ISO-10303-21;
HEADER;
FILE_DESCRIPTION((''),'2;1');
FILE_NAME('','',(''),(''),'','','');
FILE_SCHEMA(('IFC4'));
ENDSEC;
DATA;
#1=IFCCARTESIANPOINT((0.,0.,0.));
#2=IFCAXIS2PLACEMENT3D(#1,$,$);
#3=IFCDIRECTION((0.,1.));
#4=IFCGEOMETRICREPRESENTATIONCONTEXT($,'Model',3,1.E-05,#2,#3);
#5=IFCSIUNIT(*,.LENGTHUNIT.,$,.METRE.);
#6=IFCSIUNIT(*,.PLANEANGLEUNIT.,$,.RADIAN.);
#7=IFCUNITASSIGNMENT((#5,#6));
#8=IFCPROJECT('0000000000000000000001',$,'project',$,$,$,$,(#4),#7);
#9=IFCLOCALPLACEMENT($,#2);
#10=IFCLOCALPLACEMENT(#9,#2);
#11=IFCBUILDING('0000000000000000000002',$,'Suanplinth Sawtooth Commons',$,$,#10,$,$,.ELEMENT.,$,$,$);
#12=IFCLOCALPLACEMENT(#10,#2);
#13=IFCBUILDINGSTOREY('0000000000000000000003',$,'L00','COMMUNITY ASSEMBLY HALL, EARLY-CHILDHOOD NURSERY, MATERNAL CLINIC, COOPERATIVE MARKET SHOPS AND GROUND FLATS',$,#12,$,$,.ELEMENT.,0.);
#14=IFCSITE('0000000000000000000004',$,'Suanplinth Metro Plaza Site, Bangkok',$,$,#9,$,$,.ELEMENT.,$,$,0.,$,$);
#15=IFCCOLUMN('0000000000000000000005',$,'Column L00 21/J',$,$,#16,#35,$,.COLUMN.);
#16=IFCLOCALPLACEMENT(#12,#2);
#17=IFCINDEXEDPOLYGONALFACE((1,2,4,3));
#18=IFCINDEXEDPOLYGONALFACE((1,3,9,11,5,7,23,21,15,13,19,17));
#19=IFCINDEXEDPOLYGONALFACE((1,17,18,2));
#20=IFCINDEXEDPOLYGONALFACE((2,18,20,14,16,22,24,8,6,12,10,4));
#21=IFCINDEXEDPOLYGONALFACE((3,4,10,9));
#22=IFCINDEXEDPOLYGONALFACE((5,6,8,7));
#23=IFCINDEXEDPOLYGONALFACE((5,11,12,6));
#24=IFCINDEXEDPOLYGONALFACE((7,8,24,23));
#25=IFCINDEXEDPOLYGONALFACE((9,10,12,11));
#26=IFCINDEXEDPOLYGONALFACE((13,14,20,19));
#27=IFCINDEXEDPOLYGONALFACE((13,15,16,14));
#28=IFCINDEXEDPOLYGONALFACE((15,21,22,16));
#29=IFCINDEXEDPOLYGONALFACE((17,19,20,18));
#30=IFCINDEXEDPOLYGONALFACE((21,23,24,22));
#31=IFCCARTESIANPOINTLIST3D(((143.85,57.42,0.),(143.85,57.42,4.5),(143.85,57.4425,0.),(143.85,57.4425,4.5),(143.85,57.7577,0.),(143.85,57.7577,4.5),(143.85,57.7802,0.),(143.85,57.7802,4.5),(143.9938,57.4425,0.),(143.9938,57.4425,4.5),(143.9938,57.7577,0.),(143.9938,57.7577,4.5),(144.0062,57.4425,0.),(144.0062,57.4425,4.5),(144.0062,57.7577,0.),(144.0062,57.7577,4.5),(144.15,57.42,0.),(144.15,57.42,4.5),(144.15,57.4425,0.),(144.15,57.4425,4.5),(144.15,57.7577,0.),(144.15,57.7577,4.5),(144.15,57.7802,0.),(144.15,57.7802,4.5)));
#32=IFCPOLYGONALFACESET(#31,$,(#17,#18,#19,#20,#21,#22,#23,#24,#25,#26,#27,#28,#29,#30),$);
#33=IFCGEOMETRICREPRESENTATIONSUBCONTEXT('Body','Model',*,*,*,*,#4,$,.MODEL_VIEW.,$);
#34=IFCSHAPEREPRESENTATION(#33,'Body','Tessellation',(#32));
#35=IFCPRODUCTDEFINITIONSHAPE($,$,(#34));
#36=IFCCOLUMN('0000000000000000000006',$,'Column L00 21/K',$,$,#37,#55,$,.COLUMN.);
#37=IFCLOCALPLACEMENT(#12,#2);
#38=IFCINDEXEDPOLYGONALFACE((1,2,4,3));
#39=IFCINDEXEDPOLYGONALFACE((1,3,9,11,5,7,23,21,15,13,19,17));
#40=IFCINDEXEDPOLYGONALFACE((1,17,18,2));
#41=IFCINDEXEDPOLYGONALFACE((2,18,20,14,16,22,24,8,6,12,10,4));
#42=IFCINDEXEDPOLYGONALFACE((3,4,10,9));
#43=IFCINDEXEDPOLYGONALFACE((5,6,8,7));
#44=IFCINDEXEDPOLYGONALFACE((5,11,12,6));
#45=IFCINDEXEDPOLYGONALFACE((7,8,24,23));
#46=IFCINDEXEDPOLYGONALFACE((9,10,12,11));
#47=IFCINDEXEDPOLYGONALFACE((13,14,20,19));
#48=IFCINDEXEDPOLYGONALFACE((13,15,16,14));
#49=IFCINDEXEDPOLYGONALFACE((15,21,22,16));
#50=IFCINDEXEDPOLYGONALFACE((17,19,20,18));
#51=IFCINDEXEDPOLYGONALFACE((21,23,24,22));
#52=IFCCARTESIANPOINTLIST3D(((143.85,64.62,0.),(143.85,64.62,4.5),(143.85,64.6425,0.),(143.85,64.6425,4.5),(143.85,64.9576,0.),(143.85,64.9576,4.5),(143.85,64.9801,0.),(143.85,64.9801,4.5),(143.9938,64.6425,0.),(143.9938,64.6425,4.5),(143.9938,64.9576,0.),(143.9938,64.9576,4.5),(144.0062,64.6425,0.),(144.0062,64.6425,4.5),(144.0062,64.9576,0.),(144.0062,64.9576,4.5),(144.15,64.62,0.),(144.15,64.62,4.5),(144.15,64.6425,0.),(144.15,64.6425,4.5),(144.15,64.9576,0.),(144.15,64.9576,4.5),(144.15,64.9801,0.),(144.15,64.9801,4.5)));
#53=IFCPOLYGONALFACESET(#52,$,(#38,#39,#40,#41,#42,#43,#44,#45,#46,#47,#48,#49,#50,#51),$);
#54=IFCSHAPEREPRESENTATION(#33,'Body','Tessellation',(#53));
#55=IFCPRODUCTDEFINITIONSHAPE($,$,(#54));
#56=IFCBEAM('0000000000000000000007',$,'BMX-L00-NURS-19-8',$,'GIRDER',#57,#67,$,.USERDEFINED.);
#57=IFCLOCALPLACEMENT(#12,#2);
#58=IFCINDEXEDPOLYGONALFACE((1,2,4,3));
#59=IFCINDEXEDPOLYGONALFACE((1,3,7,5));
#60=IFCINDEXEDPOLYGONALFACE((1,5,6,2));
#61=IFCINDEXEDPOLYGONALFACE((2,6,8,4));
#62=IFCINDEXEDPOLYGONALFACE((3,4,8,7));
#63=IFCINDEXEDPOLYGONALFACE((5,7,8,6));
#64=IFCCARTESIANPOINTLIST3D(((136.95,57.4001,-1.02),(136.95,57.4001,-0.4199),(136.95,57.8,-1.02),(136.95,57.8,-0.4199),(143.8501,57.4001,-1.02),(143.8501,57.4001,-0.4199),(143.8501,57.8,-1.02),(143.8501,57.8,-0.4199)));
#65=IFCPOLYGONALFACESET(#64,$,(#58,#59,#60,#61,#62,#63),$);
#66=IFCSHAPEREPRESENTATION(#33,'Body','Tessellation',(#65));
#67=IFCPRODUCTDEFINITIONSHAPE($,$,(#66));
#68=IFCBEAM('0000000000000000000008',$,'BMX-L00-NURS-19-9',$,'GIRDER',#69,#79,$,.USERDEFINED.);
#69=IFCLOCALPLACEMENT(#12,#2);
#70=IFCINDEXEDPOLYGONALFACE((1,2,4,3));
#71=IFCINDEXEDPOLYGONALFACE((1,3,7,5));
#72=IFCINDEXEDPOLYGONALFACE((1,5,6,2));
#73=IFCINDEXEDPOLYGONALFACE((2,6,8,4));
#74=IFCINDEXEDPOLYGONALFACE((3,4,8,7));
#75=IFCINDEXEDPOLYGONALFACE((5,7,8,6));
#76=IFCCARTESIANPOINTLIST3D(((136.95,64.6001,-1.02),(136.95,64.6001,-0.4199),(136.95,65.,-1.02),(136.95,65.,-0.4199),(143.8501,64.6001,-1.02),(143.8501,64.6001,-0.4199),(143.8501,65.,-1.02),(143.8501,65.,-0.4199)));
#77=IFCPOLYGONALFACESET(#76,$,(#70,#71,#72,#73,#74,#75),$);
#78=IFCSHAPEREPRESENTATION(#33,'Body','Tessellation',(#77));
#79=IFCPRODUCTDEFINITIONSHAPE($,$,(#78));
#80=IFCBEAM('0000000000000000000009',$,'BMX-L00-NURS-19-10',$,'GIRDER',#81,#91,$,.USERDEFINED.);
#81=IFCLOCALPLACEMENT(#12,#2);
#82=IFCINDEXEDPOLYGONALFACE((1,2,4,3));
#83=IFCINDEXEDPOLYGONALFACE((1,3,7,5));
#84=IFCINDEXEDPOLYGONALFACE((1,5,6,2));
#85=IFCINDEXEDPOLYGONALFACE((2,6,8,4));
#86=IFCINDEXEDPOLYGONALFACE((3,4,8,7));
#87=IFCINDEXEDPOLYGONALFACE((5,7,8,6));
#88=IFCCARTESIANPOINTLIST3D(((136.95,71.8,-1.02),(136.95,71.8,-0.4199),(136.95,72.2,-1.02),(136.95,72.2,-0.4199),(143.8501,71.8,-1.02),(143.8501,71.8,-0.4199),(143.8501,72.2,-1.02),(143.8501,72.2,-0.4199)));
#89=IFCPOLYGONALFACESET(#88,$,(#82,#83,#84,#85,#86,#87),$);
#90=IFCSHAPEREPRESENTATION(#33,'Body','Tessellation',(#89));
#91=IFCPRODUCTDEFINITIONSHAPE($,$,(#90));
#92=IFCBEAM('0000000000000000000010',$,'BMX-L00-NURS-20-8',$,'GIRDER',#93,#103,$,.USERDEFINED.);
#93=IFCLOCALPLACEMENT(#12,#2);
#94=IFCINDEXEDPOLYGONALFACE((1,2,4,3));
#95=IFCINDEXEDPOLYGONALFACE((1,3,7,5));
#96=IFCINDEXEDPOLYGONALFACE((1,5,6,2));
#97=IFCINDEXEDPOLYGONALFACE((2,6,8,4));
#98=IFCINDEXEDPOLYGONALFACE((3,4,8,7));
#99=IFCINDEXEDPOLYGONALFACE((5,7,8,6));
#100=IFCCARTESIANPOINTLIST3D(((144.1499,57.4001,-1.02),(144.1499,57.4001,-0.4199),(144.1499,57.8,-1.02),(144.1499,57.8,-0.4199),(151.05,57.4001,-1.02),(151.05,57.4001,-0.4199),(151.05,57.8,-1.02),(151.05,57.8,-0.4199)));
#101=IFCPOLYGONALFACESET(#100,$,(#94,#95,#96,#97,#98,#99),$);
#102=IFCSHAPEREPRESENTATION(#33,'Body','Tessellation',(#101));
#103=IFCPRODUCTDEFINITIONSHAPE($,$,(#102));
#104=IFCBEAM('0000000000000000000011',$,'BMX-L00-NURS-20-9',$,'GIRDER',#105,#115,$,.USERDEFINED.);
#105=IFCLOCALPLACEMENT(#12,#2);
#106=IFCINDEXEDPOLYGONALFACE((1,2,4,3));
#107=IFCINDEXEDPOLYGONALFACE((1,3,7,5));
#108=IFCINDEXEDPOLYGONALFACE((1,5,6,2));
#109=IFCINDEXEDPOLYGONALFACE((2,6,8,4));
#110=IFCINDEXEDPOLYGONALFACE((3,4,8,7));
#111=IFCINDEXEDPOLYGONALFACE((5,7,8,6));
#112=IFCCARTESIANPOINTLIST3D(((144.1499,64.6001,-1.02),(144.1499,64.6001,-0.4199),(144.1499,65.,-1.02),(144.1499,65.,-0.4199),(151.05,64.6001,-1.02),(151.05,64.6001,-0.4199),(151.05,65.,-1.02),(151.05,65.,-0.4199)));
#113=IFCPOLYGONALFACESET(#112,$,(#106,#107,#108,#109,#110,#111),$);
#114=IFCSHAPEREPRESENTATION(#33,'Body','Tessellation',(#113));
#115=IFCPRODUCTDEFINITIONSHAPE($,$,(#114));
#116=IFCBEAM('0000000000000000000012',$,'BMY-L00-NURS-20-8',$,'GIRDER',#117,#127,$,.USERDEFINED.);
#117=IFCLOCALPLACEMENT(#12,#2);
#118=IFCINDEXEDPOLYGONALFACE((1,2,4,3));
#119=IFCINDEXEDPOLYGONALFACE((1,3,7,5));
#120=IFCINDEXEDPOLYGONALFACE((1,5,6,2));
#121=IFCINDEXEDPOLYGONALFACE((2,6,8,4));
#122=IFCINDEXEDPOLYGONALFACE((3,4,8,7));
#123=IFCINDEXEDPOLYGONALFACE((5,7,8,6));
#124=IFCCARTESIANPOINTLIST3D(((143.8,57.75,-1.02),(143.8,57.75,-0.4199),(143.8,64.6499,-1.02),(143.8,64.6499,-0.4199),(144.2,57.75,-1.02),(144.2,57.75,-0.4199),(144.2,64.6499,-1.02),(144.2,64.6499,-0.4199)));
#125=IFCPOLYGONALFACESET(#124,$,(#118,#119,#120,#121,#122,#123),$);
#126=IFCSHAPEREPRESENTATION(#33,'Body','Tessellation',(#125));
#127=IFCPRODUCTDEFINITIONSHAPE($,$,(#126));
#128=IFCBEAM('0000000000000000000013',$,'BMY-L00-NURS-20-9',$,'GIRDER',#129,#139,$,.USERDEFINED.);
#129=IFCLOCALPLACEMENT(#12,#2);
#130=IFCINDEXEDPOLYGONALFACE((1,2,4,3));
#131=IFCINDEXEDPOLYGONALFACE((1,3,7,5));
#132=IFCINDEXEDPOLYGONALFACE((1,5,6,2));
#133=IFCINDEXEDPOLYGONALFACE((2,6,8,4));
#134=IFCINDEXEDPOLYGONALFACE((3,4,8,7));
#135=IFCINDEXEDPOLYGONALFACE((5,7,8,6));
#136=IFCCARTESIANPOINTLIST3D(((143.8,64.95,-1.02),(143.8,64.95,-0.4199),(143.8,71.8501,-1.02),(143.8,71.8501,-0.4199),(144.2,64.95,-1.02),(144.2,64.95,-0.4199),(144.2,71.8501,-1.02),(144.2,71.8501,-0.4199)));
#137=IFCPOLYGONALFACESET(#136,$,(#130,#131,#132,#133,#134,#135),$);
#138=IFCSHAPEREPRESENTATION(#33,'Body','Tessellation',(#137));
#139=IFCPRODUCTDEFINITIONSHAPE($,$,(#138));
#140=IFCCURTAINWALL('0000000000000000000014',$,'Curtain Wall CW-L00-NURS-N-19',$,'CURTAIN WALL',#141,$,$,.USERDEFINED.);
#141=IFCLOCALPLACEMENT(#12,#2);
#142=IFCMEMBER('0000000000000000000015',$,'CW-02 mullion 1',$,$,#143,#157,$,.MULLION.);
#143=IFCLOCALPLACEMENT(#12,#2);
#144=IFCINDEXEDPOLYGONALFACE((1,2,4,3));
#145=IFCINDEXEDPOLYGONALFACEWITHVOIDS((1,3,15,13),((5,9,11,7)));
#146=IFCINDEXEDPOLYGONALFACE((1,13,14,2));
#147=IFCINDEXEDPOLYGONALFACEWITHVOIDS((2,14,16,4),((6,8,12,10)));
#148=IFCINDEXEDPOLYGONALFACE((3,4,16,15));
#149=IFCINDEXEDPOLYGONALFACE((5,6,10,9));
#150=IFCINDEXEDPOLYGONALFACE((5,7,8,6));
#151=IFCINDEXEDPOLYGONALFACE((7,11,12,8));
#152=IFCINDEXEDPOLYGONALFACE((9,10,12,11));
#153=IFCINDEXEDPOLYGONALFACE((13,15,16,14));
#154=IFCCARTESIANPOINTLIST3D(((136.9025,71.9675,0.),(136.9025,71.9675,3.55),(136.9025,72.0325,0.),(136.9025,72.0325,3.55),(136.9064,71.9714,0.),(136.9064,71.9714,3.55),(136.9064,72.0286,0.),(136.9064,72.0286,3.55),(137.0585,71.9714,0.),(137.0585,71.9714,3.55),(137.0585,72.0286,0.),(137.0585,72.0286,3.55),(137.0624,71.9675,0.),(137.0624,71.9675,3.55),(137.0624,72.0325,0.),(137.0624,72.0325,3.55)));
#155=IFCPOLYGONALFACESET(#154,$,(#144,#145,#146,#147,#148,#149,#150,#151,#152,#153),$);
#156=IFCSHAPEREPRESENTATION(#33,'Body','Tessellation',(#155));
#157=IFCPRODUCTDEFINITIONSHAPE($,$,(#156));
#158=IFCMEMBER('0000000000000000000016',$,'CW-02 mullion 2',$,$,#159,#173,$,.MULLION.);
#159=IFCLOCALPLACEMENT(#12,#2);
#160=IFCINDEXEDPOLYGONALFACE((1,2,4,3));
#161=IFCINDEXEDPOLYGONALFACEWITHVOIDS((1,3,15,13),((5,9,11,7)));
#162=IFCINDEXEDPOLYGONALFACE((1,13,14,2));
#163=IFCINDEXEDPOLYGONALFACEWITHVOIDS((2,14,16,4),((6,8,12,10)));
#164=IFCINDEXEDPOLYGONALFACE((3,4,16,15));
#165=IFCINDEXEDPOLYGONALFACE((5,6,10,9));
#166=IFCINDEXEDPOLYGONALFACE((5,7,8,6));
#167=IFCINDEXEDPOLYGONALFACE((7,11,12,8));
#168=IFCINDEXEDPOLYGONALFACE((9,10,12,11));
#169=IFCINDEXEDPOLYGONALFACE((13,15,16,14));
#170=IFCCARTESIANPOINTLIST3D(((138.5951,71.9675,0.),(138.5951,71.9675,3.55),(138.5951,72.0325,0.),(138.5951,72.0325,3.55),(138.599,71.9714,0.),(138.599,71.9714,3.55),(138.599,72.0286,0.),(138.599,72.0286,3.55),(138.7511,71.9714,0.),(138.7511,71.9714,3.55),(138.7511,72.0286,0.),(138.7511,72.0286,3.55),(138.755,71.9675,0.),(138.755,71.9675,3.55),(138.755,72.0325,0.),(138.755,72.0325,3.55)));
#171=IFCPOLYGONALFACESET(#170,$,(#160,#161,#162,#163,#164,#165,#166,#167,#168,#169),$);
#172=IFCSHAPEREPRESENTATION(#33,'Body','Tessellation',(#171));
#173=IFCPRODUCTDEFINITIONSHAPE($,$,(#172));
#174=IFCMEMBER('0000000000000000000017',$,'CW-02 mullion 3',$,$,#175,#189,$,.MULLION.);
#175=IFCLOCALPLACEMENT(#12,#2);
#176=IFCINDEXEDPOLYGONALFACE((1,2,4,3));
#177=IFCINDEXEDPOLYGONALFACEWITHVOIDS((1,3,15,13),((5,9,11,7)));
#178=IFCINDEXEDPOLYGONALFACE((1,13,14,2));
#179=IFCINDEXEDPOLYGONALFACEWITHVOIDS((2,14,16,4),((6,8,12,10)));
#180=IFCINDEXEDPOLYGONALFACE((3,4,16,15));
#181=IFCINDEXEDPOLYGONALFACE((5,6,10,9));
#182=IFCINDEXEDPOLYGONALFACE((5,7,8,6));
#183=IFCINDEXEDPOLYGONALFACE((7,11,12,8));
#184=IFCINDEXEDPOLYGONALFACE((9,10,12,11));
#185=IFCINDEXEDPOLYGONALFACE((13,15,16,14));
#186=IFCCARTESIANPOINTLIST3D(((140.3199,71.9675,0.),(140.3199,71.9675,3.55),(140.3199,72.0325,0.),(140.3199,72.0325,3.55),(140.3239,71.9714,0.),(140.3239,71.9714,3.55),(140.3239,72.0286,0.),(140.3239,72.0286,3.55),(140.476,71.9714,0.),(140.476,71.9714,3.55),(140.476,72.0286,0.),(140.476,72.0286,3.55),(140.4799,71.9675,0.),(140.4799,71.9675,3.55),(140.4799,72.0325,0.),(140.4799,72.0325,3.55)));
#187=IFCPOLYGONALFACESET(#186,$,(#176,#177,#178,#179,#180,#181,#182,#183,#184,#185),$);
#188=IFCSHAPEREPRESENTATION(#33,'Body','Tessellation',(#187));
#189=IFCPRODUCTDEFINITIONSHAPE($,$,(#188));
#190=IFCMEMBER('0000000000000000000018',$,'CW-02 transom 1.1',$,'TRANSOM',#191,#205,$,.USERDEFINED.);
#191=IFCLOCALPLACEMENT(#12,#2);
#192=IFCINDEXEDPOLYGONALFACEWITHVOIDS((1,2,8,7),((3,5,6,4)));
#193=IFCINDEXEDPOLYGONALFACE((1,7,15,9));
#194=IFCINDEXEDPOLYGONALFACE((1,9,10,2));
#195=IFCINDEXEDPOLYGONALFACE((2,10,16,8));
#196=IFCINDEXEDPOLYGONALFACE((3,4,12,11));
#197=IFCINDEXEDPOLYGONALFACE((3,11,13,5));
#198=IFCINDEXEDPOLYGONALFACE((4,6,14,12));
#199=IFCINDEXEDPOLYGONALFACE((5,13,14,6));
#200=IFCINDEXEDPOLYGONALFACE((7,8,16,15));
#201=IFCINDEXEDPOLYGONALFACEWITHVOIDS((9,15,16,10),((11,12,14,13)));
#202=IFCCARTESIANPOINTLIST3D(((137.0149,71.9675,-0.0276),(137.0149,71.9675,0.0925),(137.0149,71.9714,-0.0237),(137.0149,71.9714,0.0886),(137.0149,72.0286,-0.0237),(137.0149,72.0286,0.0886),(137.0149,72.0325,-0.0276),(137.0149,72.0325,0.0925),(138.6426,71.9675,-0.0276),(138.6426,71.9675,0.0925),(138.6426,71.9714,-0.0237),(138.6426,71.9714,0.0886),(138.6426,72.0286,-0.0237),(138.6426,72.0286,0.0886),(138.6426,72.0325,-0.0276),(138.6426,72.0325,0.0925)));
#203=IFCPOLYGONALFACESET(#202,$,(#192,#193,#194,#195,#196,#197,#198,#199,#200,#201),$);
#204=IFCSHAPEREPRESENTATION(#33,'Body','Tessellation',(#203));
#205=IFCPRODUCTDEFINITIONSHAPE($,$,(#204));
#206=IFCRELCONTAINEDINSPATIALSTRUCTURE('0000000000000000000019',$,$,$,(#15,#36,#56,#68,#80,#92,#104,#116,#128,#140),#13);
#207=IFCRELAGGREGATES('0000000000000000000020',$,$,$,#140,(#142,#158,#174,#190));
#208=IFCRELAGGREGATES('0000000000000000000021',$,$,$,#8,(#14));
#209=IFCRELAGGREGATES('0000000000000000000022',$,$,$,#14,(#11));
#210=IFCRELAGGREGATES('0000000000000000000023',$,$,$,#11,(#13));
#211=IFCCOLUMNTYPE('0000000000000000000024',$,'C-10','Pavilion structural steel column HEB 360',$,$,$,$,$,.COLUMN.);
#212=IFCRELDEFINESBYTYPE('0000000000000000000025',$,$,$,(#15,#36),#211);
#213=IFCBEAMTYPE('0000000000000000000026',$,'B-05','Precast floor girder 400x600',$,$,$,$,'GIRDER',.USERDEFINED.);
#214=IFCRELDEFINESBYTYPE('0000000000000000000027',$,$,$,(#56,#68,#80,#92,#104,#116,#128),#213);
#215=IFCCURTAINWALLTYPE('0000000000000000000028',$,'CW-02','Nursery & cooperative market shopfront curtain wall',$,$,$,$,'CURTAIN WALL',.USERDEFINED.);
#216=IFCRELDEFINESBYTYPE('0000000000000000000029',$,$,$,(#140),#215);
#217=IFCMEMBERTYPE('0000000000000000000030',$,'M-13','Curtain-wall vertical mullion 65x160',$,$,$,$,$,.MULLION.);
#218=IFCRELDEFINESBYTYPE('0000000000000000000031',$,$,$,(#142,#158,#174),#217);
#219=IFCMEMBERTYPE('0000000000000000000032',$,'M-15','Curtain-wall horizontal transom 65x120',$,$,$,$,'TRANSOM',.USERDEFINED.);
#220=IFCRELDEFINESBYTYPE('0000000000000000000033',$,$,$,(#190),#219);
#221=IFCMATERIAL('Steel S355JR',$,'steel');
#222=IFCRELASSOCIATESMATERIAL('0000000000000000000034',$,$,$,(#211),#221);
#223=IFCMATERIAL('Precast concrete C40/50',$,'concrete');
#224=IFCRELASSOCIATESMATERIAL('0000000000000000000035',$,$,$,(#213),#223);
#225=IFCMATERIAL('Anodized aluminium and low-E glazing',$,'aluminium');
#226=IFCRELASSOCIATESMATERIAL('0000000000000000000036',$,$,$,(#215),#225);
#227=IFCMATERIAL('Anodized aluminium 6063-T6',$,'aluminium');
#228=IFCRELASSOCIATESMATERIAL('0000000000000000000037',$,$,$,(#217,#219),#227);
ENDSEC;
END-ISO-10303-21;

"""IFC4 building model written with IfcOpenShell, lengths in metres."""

from ifc_helpers import new_model, si_unit, direction, frame, origin, origin_2d, place, context, subcontext, project, spatial, rectangle, hollow_rectangle, i_section, extrude, material, material_profile, profile_set, type_object, element, aggregate, save


model = new_model("IFC4")

# Units and contexts
model_context = context("Model", 3, precision=1e-05, world=origin(), true_north=direction((0.0, 1.0)))
body_context = subcontext(model_context, "Body", "Model", "MODEL_VIEW")
ifc_project = project(units=[si_unit("LENGTHUNIT", "METRE"), si_unit("PLANEANGLEUNIT", "RADIAN")], contexts=[model_context])

# Site, building, storey
site_placement = place(None, origin())
site = spatial("IfcSite", under=ifc_project, at=site_placement, Name="Suanplinth Metro Plaza Site, Bangkok", CompositionType="ELEMENT", RefElevation=0.0)
building_placement = place(site_placement, origin())
building = spatial("IfcBuilding", under=site, at=building_placement, Name="Suanplinth Sawtooth Commons", CompositionType="ELEMENT")
storey_placement = place(building_placement, origin())
storey = spatial("IfcBuildingStorey", under=building, at=storey_placement, Name="L00", Description="COMMUNITY ASSEMBLY HALL, EARLY-CHILDHOOD NURSERY, MATERNAL CLINIC, COOPERATIVE MARKET SHOPS AND GROUND FLATS", CompositionType="ELEMENT", Elevation=0.0)

# Columns
ifc_material_1 = material(Name="Steel S355JR", Category="steel")
ifc_material_profile_1 = material_profile(ifc_material_1, i_section(OverallWidth=0.3, OverallDepth=0.3601, WebThickness=0.0125, FlangeThickness=0.0225, at=origin_2d()), Name="HEB 360")
ifc_profile_set_1 = profile_set([ifc_material_profile_1], Name="Steel S355JR")
column_type = type_object("IfcColumnType", Name="C-10", Description="Pavilion structural steel column HEB 360", PredefinedType="COLUMN", material=ifc_profile_set_1)
for number, where, z_axis, x_axis, name in (
    (1, (144.0, 57.6001, 0.0), (0.0, 0.0, 1.0), (1.0, 0.0, 0.0), "Column L00 21/J"),
    (2, (144.0, 64.8, 0.0), (0.0, 0.0, 1.0), (1.0, 0.0, 0.0), "Column L00 21/K"),
):
    element("IfcColumn", number, at=place(storey_placement, frame(where, z_axis=z_axis, x_axis=x_axis)), inside=storey, type_object=column_type, Name=name, PredefinedType="COLUMN", context=body_context, shape_type="SweptSolid", body=[
        extrude(i_section(OverallWidth=0.3, OverallDepth=0.3601, WebThickness=0.0125, FlangeThickness=0.0225, at=origin_2d()), origin(), (0.0, 0.0, 1.0), 4.5),
    ])

# Beams
ifc_material_2 = material(Name="Precast concrete C40/50", Category="concrete")
ifc_material_profile_2 = material_profile(ifc_material_2, rectangle(XDim=0.3999, YDim=0.6001, at=origin_2d()), Name="PC-GDR 400x600")
ifc_profile_set_2 = profile_set([ifc_material_profile_2], Name="Precast concrete C40/50")
beam_type = type_object("IfcBeamType", Name="B-05", Description="Precast floor girder 400x600", ElementType="GIRDER", PredefinedType="USERDEFINED", material=ifc_profile_set_2)
for number, where, z_axis, x_axis, name in (
    (3, (136.95, 57.6001, -0.72), (1.0, 0.0, 0.0), (0.0, 1.0, 0.0), "BMX-L00-NURS-19-8"),
    (4, (136.95, 64.8, -0.72), (1.0, 0.0, 0.0), (0.0, 1.0, 0.0), "BMX-L00-NURS-19-9"),
    (5, (136.95, 72.0, -0.72), (1.0, 0.0, 0.0), (0.0, 1.0, 0.0), "BMX-L00-NURS-19-10"),
    (6, (144.1499, 57.6001, -0.72), (1.0, 0.0, 0.0), (0.0, 1.0, 0.0), "BMX-L00-NURS-20-8"),
    (7, (144.1499, 64.8, -0.72), (1.0, 0.0, 0.0), (0.0, 1.0, 0.0), "BMX-L00-NURS-20-9"),
):
    element("IfcBeam", number, at=place(storey_placement, frame(where, z_axis=z_axis, x_axis=x_axis)), inside=storey, type_object=beam_type, Name=name, ObjectType="GIRDER", PredefinedType="USERDEFINED", context=body_context, shape_type="SweptSolid", body=[
        extrude(rectangle(XDim=0.3999, YDim=0.6001, at=origin_2d()), origin(), (0.0, 0.0, 1.0), 6.9001),
    ])
beam_1_placement = place(storey_placement, frame((144.0, 57.75, -0.72), z_axis=(0.0, 1.0, 0.0), x_axis=(-1.0, 0.0, 0.0)))
element("IfcBeam", 8, at=beam_1_placement, inside=storey, type_object=beam_type, Name="BMY-L00-NURS-20-8", ObjectType="GIRDER", PredefinedType="USERDEFINED", context=body_context, shape_type="SweptSolid", body=[
    extrude(rectangle(XDim=0.3999, YDim=0.6001, at=origin_2d()), origin(), (0.0, 0.0, 1.0), 6.8999),
])
beam_2_placement = place(storey_placement, frame((144.0, 64.95, -0.72), z_axis=(0.0, 1.0, 0.0), x_axis=(-1.0, 0.0, 0.0)))
element("IfcBeam", 9, at=beam_2_placement, inside=storey, type_object=beam_type, Name="BMY-L00-NURS-20-9", ObjectType="GIRDER", PredefinedType="USERDEFINED", context=body_context, shape_type="SweptSolid", body=[
    extrude(rectangle(XDim=0.3999, YDim=0.6001, at=origin_2d()), origin(), (0.0, 0.0, 1.0), 6.9001),
])

# Curtain wall, members
ifc_material_3 = material(Name="Anodized aluminium and low-E glazing", Category="aluminium")
curtain_wall_type = type_object("IfcCurtainWallType", Name="CW-02", Description="Nursery & cooperative market shopfront curtain wall", ElementType="CURTAIN WALL", PredefinedType="USERDEFINED", material=ifc_material_3)
curtain_wall_placement = place(storey_placement, origin())
curtain_wall = element("IfcCurtainWall", 10, at=curtain_wall_placement, inside=storey, type_object=curtain_wall_type, Name="Curtain Wall CW-L00-NURS-N-19", ObjectType="CURTAIN WALL", PredefinedType="USERDEFINED")
ifc_material_4 = material(Name="Anodized aluminium 6063-T6", Category="aluminium")
ifc_material_profile_3 = material_profile(ifc_material_4, hollow_rectangle(XDim=0.0649, YDim=0.1599, WallThickness=0.0039, at=origin_2d()), Name="ALU-MUL 65x160")
ifc_profile_set_3 = profile_set([ifc_material_profile_3], Name="Anodized aluminium 6063-T6")
member_type_1 = type_object("IfcMemberType", Name="M-13", Description="Curtain-wall vertical mullion 65x160", PredefinedType="MULLION", material=ifc_profile_set_3)
member_1_placement = place(storey_placement, frame((136.9824, 72.0, 0.0), z_axis=(0.0, 0.0, 1.0), x_axis=(0.0, 1.0, 0.0)))
member_1 = element("IfcMember", 11, at=member_1_placement, type_object=member_type_1, Name="CW-02 mullion 1", PredefinedType="MULLION", context=body_context, shape_type="SweptSolid", body=[
    extrude(hollow_rectangle(XDim=0.0649, YDim=0.1599, WallThickness=0.0039, at=origin_2d()), origin(), (0.0, 0.0, 1.0), 3.55),
])
member_2_placement = place(storey_placement, frame((138.675, 72.0, 0.0), z_axis=(0.0, 0.0, 1.0), x_axis=(0.0, 1.0, 0.0)))
member_2 = element("IfcMember", 12, at=member_2_placement, type_object=member_type_1, Name="CW-02 mullion 2", PredefinedType="MULLION", context=body_context, shape_type="SweptSolid", body=[
    extrude(hollow_rectangle(XDim=0.0649, YDim=0.1599, WallThickness=0.0039, at=origin_2d()), origin(), (0.0, 0.0, 1.0), 3.55),
])
member_3_placement = place(storey_placement, frame((140.3999, 72.0, 0.0), z_axis=(0.0, 0.0, 1.0), x_axis=(0.0, 1.0, 0.0)))
member_3 = element("IfcMember", 13, at=member_3_placement, type_object=member_type_1, Name="CW-02 mullion 3", PredefinedType="MULLION", context=body_context, shape_type="SweptSolid", body=[
    extrude(hollow_rectangle(XDim=0.0649, YDim=0.1599, WallThickness=0.0039, at=origin_2d()), origin(), (0.0, 0.0, 1.0), 3.55),
])
ifc_material_profile_4 = material_profile(ifc_material_4, hollow_rectangle(XDim=0.0649, YDim=0.1201, WallThickness=0.0039, at=origin_2d()), Name="ALU-TRN 65x120")
ifc_profile_set_4 = profile_set([ifc_material_profile_4], Name="Anodized aluminium 6063-T6")
member_type_2 = type_object("IfcMemberType", Name="M-15", Description="Curtain-wall horizontal transom 65x120", ElementType="TRANSOM", PredefinedType="USERDEFINED", material=ifc_profile_set_4)
member_4_placement = place(storey_placement, frame((137.0149, 72.0, 0.0325), z_axis=(1.0, 0.0, 0.0), x_axis=(0.0, 1.0, 0.0)))
member_4 = element("IfcMember", 14, at=member_4_placement, type_object=member_type_2, Name="CW-02 transom 1.1", ObjectType="TRANSOM", PredefinedType="USERDEFINED", context=body_context, shape_type="SweptSolid", body=[
    extrude(hollow_rectangle(XDim=0.0649, YDim=0.1201, WallThickness=0.0039, at=origin_2d()), origin(), (0.0, 0.0, 1.0), 1.6277),
])
aggregate(curtain_wall, [member_1, member_2, member_3, member_4])

save(model, "model.ifc")
